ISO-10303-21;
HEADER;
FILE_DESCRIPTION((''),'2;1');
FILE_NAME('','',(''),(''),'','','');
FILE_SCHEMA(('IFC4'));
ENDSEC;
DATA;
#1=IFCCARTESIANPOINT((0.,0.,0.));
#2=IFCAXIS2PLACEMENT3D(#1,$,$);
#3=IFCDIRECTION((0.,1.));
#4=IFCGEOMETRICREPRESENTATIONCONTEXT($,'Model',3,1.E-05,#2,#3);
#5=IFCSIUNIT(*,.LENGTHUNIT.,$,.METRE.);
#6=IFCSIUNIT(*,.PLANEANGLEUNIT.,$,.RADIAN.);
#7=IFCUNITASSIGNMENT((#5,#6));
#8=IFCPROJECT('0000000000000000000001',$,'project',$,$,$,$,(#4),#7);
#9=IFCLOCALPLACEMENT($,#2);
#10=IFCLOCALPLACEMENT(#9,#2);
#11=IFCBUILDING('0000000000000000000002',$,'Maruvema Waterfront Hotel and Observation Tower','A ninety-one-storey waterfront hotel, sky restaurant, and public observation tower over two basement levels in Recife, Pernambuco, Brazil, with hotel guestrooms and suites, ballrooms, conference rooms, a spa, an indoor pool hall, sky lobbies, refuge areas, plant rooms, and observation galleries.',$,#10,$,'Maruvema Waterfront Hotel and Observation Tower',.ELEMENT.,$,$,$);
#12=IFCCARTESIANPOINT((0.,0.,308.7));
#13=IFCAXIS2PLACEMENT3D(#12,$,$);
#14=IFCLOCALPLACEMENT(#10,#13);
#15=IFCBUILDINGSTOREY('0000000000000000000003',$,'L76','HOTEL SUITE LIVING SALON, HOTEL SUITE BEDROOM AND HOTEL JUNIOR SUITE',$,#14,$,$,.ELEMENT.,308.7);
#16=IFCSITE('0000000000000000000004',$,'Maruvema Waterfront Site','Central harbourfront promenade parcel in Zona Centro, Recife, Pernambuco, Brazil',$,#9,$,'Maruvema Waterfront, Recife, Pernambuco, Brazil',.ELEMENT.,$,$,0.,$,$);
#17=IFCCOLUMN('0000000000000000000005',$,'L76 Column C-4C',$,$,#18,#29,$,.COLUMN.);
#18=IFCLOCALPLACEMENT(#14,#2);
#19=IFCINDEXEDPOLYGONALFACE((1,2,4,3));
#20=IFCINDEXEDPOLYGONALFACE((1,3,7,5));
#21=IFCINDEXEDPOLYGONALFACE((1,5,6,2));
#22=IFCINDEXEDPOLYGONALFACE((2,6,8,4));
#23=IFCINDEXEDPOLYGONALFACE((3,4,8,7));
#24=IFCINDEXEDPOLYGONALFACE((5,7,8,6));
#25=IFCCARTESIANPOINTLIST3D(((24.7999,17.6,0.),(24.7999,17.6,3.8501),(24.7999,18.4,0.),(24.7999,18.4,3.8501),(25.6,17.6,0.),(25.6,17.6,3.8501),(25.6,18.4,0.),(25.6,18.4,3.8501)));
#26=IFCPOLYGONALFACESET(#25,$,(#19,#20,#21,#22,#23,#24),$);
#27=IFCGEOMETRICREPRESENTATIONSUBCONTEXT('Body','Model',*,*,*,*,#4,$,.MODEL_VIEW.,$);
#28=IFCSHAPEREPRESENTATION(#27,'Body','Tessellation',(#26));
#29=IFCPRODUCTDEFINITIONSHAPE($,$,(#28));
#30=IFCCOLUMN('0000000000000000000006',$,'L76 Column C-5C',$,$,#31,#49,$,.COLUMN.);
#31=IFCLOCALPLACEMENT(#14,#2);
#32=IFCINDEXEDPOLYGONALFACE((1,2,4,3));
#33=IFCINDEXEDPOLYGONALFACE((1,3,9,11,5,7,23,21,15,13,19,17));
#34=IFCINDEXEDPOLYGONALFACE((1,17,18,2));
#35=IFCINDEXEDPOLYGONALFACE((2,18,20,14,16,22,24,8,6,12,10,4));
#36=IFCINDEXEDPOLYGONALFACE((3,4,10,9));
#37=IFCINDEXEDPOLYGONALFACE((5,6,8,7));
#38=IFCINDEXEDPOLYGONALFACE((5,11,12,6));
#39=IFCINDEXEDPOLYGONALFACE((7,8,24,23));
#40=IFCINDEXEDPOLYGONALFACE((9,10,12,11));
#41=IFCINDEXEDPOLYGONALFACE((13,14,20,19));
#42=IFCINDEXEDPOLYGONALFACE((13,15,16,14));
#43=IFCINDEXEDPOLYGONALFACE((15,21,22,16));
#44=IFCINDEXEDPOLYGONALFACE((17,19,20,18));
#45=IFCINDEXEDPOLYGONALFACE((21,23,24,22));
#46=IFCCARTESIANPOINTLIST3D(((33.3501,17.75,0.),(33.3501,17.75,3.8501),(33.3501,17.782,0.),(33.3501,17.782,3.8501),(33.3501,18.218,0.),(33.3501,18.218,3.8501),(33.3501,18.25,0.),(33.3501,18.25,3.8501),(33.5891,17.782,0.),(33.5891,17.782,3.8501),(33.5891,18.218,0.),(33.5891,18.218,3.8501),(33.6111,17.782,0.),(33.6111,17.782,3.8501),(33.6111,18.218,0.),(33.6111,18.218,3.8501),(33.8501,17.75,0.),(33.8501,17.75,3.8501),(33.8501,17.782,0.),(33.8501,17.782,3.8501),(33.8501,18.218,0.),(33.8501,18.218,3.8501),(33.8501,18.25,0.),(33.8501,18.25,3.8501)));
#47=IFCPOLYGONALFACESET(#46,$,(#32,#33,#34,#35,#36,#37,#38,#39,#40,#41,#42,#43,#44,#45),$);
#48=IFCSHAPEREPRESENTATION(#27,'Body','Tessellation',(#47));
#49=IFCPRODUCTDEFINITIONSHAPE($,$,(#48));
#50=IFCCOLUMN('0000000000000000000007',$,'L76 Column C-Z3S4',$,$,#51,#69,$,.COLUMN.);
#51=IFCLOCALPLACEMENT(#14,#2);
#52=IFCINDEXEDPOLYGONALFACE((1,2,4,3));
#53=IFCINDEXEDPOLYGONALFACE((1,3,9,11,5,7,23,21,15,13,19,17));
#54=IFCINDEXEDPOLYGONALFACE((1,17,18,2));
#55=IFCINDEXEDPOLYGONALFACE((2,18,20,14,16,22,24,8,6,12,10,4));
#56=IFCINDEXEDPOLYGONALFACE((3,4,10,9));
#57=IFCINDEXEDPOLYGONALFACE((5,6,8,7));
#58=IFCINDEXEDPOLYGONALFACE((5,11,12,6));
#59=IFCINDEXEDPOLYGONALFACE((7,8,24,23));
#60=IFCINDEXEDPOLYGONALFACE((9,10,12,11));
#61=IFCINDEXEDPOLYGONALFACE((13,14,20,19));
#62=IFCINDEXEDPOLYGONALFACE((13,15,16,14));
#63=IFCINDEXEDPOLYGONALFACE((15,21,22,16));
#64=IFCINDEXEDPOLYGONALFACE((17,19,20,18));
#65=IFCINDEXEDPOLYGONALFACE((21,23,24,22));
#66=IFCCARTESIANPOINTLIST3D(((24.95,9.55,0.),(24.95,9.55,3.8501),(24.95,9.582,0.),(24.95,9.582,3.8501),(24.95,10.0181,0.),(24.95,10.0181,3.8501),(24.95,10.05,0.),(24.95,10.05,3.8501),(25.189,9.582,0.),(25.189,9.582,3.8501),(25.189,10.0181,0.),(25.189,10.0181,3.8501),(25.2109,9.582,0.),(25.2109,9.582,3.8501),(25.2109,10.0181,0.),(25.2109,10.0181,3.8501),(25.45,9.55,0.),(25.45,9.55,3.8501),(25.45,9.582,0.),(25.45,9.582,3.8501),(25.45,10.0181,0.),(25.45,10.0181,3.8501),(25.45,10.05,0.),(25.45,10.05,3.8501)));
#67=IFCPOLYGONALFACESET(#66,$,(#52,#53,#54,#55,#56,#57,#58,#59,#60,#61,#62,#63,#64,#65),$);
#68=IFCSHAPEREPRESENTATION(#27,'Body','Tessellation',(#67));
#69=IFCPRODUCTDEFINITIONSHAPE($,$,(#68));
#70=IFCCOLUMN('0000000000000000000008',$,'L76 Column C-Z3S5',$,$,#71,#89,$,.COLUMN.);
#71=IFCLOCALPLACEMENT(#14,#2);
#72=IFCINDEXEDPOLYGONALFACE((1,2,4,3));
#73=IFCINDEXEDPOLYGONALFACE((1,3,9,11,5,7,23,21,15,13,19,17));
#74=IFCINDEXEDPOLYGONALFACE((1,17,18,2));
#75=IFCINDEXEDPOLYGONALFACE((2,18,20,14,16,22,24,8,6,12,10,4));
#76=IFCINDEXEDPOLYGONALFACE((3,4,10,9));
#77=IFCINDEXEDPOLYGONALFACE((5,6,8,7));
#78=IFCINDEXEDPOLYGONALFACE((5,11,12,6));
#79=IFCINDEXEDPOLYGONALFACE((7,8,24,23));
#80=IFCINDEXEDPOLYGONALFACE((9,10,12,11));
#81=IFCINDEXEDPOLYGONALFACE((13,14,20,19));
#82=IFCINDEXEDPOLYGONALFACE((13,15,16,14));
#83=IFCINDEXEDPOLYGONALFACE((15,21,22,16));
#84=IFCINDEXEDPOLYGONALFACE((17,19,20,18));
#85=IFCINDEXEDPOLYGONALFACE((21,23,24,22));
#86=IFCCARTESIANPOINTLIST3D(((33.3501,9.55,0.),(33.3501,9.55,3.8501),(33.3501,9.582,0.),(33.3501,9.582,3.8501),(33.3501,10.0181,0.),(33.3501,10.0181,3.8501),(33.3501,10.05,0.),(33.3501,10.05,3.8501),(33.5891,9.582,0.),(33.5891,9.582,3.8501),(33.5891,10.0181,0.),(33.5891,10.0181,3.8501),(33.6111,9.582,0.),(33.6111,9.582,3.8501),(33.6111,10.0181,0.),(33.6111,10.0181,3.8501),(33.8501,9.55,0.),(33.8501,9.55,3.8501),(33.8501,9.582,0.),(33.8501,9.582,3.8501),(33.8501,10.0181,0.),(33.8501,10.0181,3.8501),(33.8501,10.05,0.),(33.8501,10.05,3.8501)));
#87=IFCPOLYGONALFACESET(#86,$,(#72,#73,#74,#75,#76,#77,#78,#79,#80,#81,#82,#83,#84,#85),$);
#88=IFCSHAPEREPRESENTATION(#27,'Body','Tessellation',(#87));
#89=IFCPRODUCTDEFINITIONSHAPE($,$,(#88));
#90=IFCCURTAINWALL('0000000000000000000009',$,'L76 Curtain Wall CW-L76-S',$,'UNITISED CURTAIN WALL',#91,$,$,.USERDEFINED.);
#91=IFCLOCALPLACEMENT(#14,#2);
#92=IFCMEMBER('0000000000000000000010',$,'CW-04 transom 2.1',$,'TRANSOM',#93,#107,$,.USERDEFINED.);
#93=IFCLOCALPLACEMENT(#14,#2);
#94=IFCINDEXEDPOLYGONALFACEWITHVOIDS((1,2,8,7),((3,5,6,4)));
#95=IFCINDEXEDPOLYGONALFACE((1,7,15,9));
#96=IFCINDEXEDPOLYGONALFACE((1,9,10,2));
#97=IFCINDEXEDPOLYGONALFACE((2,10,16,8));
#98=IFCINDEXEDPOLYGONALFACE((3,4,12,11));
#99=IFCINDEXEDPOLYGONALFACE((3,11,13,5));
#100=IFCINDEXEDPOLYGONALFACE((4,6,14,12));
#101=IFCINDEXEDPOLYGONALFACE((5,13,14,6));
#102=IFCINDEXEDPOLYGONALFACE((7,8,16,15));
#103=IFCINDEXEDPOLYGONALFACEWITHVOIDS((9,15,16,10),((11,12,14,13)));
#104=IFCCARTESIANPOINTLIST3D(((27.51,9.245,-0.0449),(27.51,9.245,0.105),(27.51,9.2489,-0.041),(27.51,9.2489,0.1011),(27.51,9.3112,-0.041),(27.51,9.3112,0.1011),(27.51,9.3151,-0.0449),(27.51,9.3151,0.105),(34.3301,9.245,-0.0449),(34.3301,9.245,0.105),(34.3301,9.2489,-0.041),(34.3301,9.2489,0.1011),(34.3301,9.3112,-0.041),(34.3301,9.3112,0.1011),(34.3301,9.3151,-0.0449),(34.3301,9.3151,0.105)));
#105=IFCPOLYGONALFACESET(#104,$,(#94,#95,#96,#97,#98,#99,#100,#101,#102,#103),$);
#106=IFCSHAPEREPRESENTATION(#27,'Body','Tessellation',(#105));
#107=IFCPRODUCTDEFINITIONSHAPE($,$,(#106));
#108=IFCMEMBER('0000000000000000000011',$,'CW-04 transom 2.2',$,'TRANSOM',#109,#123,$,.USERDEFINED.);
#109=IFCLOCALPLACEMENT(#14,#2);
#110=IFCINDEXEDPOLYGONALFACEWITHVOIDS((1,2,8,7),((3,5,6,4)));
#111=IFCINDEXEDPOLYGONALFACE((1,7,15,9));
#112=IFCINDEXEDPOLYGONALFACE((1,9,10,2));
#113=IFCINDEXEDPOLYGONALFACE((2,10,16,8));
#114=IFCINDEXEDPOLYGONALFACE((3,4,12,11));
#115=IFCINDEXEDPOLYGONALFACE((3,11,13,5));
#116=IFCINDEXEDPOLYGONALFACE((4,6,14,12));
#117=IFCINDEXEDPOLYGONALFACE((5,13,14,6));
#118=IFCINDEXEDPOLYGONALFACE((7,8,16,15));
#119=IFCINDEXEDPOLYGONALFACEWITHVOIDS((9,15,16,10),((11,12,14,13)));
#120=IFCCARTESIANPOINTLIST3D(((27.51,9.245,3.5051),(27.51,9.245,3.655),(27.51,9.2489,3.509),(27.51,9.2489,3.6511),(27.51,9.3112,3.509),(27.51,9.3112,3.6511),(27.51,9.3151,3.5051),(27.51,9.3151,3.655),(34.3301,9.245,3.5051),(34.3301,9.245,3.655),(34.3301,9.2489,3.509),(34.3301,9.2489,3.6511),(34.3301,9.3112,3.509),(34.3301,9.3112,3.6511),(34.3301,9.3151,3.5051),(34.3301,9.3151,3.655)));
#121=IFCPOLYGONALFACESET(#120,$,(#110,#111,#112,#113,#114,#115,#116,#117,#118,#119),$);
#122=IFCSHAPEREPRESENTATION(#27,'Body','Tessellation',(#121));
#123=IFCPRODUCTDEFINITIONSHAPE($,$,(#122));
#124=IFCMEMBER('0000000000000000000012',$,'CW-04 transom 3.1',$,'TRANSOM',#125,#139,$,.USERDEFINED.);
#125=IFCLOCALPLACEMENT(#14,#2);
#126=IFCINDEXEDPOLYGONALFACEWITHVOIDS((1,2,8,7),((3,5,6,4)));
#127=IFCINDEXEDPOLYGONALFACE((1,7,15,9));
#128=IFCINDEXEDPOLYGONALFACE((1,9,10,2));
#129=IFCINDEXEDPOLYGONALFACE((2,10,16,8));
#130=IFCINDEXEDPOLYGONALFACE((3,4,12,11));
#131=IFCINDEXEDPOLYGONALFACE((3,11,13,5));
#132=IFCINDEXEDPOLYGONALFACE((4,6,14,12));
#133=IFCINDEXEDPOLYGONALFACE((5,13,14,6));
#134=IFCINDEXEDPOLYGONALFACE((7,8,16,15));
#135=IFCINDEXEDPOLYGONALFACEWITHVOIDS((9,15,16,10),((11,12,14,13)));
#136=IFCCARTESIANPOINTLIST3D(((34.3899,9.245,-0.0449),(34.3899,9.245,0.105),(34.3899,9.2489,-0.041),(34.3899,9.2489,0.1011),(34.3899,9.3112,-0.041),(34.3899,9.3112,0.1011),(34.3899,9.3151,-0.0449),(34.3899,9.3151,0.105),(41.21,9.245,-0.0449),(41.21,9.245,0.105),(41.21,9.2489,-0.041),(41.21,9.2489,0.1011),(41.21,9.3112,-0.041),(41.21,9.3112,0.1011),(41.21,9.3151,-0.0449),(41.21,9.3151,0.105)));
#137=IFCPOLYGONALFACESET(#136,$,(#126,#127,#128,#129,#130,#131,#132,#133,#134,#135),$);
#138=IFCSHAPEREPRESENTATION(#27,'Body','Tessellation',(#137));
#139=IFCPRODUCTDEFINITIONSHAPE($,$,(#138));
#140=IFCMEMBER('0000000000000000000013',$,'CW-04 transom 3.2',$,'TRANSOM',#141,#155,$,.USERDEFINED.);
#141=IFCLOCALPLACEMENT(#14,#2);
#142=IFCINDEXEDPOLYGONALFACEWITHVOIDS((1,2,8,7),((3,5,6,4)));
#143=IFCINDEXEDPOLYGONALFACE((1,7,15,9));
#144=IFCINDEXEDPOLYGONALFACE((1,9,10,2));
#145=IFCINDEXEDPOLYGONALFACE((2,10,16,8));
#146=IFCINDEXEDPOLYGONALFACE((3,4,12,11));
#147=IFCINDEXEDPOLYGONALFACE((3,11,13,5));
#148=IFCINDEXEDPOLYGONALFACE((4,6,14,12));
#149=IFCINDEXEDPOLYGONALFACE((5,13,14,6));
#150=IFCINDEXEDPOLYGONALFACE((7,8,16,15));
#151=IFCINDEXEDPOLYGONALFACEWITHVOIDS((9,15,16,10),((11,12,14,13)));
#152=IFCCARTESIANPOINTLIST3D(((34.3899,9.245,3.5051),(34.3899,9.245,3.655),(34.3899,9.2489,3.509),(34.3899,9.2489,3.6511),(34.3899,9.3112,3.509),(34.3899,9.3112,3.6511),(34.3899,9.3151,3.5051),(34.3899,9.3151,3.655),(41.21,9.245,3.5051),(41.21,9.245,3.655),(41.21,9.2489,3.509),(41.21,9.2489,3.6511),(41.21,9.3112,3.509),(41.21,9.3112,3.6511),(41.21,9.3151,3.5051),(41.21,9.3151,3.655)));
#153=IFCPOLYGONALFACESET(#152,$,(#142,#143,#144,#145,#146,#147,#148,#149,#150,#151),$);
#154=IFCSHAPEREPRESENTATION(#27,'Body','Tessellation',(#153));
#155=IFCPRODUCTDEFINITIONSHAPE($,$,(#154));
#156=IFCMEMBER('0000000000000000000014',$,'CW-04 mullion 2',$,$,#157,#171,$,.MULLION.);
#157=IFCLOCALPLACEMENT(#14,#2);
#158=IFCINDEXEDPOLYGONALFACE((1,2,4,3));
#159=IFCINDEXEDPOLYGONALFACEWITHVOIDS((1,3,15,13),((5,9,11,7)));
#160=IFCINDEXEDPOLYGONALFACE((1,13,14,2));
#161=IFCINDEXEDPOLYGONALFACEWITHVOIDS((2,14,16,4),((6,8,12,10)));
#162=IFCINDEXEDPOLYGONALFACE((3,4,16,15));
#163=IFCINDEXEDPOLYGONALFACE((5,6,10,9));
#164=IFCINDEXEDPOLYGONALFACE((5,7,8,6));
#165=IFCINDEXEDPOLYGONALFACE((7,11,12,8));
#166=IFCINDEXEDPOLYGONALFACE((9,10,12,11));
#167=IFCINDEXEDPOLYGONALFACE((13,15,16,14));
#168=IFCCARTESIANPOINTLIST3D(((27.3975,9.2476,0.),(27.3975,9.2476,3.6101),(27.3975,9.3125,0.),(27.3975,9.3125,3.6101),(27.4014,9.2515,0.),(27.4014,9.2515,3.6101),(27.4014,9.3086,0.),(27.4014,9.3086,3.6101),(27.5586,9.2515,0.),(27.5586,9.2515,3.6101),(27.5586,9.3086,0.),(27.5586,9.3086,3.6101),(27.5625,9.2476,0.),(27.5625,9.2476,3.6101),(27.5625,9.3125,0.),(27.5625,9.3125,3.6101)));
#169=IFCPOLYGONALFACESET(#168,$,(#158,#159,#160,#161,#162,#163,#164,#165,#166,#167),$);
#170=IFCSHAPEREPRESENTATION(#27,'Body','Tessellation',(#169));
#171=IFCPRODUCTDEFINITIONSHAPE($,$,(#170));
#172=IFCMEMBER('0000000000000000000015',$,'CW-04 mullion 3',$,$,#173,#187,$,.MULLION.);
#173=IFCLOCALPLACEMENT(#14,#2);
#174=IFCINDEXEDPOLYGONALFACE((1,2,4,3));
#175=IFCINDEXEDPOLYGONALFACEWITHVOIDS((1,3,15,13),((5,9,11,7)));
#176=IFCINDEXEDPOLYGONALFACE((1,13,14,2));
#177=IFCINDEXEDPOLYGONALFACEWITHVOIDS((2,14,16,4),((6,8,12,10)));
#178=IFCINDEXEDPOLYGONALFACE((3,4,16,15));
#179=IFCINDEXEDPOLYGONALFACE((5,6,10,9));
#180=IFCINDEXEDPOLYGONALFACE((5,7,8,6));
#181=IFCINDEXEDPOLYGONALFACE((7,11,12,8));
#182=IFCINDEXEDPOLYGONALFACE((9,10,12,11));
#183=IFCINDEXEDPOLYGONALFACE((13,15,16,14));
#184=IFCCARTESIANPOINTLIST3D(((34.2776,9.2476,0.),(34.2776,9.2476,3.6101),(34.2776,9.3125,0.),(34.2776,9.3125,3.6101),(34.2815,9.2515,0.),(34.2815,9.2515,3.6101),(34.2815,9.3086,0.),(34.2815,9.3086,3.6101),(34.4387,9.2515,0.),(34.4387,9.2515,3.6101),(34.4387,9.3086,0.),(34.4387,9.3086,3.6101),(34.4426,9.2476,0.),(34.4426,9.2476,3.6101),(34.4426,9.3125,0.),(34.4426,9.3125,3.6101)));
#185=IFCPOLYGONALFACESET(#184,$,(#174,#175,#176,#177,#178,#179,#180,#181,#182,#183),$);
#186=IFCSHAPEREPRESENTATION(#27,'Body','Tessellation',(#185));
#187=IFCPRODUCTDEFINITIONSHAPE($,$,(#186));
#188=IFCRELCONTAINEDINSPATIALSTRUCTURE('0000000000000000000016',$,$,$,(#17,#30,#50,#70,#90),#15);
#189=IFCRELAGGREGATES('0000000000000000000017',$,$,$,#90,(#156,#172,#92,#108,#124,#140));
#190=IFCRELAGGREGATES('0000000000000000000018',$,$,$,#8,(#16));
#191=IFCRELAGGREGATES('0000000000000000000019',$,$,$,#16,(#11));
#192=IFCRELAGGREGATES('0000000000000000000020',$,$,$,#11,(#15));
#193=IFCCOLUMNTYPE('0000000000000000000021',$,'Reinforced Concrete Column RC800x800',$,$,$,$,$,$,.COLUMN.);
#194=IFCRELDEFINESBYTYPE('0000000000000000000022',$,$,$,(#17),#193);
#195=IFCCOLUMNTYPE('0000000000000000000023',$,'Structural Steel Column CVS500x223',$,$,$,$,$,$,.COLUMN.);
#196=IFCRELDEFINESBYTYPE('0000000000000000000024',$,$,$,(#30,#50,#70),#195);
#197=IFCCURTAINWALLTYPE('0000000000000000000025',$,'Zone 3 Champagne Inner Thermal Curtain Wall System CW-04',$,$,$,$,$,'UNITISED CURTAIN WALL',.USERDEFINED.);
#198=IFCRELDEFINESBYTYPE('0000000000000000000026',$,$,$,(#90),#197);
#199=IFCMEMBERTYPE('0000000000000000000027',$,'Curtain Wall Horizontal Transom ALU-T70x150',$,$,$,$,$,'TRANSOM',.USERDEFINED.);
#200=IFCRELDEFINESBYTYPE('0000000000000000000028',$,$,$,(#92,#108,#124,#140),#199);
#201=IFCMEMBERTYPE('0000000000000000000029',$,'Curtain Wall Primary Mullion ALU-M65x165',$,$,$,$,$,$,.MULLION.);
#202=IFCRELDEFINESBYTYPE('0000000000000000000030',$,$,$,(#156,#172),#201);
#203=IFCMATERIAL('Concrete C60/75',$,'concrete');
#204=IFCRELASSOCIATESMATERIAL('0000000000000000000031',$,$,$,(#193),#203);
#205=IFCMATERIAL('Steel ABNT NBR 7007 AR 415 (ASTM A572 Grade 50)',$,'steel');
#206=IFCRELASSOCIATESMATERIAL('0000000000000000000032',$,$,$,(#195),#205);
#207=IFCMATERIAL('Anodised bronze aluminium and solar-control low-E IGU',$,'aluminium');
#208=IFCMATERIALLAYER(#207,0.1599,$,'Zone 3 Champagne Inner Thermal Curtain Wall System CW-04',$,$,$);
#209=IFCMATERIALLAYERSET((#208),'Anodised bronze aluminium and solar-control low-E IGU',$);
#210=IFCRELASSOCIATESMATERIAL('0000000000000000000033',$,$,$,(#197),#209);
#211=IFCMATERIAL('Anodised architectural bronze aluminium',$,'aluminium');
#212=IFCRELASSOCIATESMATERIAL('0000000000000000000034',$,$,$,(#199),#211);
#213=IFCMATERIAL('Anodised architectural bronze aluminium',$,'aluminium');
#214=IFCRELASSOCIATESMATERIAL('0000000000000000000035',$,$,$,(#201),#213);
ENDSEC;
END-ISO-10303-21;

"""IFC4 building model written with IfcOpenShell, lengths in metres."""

from ifc_helpers import new_model, si_unit, direction, frame, origin, origin_2d, place, context, subcontext, project, spatial, rectangle, hollow_rectangle, i_section, extrude, material, layer, layer_set, material_profile, profile_set, type_object, element, aggregate, save


model = new_model("IFC4")

# Units and contexts
model_context = context("Model", 3, precision=1e-05, world=origin(), true_north=direction((0.0, 1.0)))
body_context = subcontext(model_context, "Body", "Model", "MODEL_VIEW")
ifc_project = project(units=[si_unit("LENGTHUNIT", "METRE"), si_unit("PLANEANGLEUNIT", "RADIAN")], contexts=[model_context])

# Site, building, storey
site_placement = place(None, origin())
site = spatial("IfcSite", under=ifc_project, at=site_placement, Name="Maruvema Waterfront Site", Description="Central harbourfront promenade parcel in Zona Centro, Recife, Pernambuco, Brazil", LongName="Maruvema Waterfront, Recife, Pernambuco, Brazil", CompositionType="ELEMENT", RefElevation=0.0)
building_placement = place(site_placement, origin())
building = spatial("IfcBuilding", under=site, at=building_placement, Name="Maruvema Waterfront Hotel and Observation Tower", Description="A ninety-one-storey waterfront hotel, sky restaurant, and public observation tower over two basement levels in Recife, Pernambuco, Brazil, with hotel guestrooms and suites, ballrooms, conference rooms, a spa, an indoor pool hall, sky lobbies, refuge areas, plant rooms, and observation galleries.", LongName="Maruvema Waterfront Hotel and Observation Tower", CompositionType="ELEMENT")
storey_placement = place(building_placement, frame((0.0, 0.0, 308.7)))
storey = spatial("IfcBuildingStorey", under=building, at=storey_placement, Name="L76", Description="HOTEL SUITE LIVING SALON, HOTEL SUITE BEDROOM AND HOTEL JUNIOR SUITE", CompositionType="ELEMENT", Elevation=308.7)

# Columns
ifc_material_1 = material(Name="Concrete C60/75", Category="concrete")
ifc_material_profile_1 = material_profile(ifc_material_1, rectangle(XDim=0.8, YDim=0.8, at=origin_2d()), Name="RC800x800")
ifc_profile_set_1 = profile_set([ifc_material_profile_1], Name="Concrete C60/75")
column_type_1 = type_object("IfcColumnType", Name="Reinforced Concrete Column RC800x800", PredefinedType="COLUMN", material=ifc_profile_set_1)
column_placement = place(storey_placement, frame((25.2, 18.0, 0.0), z_axis=(0.0, 0.0, 1.0), x_axis=(1.0, 0.0, 0.0)))
element("IfcColumn", 1, at=column_placement, inside=storey, type_object=column_type_1, Name="L76 Column C-4C", PredefinedType="COLUMN", context=body_context, shape_type="SweptSolid", body=[
    extrude(rectangle(XDim=0.8, YDim=0.8, at=origin_2d()), origin(), (0.0, 0.0, 1.0), 3.8501),
])
ifc_material_2 = material(Name="Steel ABNT NBR 7007 AR 415 (ASTM A572 Grade 50)", Category="steel")
ifc_material_profile_2 = material_profile(ifc_material_2, i_section(OverallWidth=0.5, OverallDepth=0.5, WebThickness=0.022, FlangeThickness=0.032, at=origin_2d()), Name="CVS500x223")
ifc_profile_set_2 = profile_set([ifc_material_profile_2], Name="Steel ABNT NBR 7007 AR 415 (ASTM A572 Grade 50)")
column_type_2 = type_object("IfcColumnType", Name="Structural Steel Column CVS500x223", PredefinedType="COLUMN", material=ifc_profile_set_2)
for number, where, z_axis, x_axis, name in (
    (2, (33.6001, 18.0, 0.0), (0.0, 0.0, 1.0), (1.0, 0.0, 0.0), "L76 Column C-5C"),
    (3, (25.2, 9.8, 0.0), (0.0, 0.0, 1.0), (1.0, 0.0, 0.0), "L76 Column C-Z3S4"),
    (4, (33.6001, 9.8, 0.0), (0.0, 0.0, 1.0), (1.0, 0.0, 0.0), "L76 Column C-Z3S5"),
):
    element("IfcColumn", number, at=place(storey_placement, frame(where, z_axis=z_axis, x_axis=x_axis)), inside=storey, type_object=column_type_2, Name=name, PredefinedType="COLUMN", context=body_context, shape_type="SweptSolid", body=[
        extrude(i_section(OverallWidth=0.5, OverallDepth=0.5, WebThickness=0.022, FlangeThickness=0.032, at=origin_2d()), origin(), (0.0, 0.0, 1.0), 3.8501),
    ])

# Curtain wall, members
ifc_material_3 = material(Name="Anodised bronze aluminium and solar-control low-E IGU", Category="aluminium")
ifc_layer_1 = layer(ifc_material_3, 0.1599, Name="Zone 3 Champagne Inner Thermal Curtain Wall System CW-04")
ifc_layer_set_1 = layer_set([ifc_layer_1], Name="Anodised bronze aluminium and solar-control low-E IGU")
curtain_wall_type = type_object("IfcCurtainWallType", Name="Zone 3 Champagne Inner Thermal Curtain Wall System CW-04", ElementType="UNITISED CURTAIN WALL", PredefinedType="USERDEFINED", material=ifc_layer_set_1)
curtain_wall_placement = place(storey_placement, origin())
curtain_wall = element("IfcCurtainWall", 5, at=curtain_wall_placement, inside=storey, type_object=curtain_wall_type, Name="L76 Curtain Wall CW-L76-S", ObjectType="UNITISED CURTAIN WALL", PredefinedType="USERDEFINED")
ifc_material_4 = material(Name="Anodised architectural bronze aluminium", Category="aluminium")
ifc_material_profile_3 = material_profile(ifc_material_4, hollow_rectangle(XDim=0.0701, YDim=0.1499, WallThickness=0.0039, at=origin_2d()), Name="ALU-T70x150")
ifc_profile_set_3 = profile_set([ifc_material_profile_3], Name="Anodised architectural bronze aluminium")
member_type_1 = type_object("IfcMemberType", Name="Curtain Wall Horizontal Transom ALU-T70x150", ElementType="TRANSOM", PredefinedType="USERDEFINED", material=ifc_profile_set_3)
member_1_placement = place(storey_placement, frame((27.51, 9.28, 0.03), z_axis=(1.0, 0.0, 0.0), x_axis=(0.0, 1.0, 0.0)))
member_1 = element("IfcMember", 6, at=member_1_placement, type_object=member_type_1, Name="CW-04 transom 2.1", ObjectType="TRANSOM", PredefinedType="USERDEFINED", context=body_context, shape_type="SweptSolid", body=[
    extrude(hollow_rectangle(XDim=0.0701, YDim=0.1499, WallThickness=0.0039, at=origin_2d()), origin(), (0.0, 0.0, 1.0), 6.8201),
])
member_2_placement = place(storey_placement, frame((27.51, 9.28, 3.5801), z_axis=(1.0, 0.0, 0.0), x_axis=(0.0, 1.0, 0.0)))
member_2 = element("IfcMember", 7, at=member_2_placement, type_object=member_type_1, Name="CW-04 transom 2.2", ObjectType="TRANSOM", PredefinedType="USERDEFINED", context=body_context, shape_type="SweptSolid", body=[
    extrude(hollow_rectangle(XDim=0.0701, YDim=0.1499, WallThickness=0.0039, at=origin_2d()), origin(), (0.0, 0.0, 1.0), 6.8201),
])
member_3_placement = place(storey_placement, frame((34.3899, 9.28, 0.03), z_axis=(1.0, 0.0, 0.0), x_axis=(0.0, 1.0, 0.0)))
member_3 = element("IfcMember", 8, at=member_3_placement, type_object=member_type_1, Name="CW-04 transom 3.1", ObjectType="TRANSOM", PredefinedType="USERDEFINED", context=body_context, shape_type="SweptSolid", body=[
    extrude(hollow_rectangle(XDim=0.0701, YDim=0.1499, WallThickness=0.0039, at=origin_2d()), origin(), (0.0, 0.0, 1.0), 6.8201),
])
member_4_placement = place(storey_placement, frame((34.3899, 9.28, 3.5801), z_axis=(1.0, 0.0, 0.0), x_axis=(0.0, 1.0, 0.0)))
member_4 = element("IfcMember", 9, at=member_4_placement, type_object=member_type_1, Name="CW-04 transom 3.2", ObjectType="TRANSOM", PredefinedType="USERDEFINED", context=body_context, shape_type="SweptSolid", body=[
    extrude(hollow_rectangle(XDim=0.0701, YDim=0.1499, WallThickness=0.0039, at=origin_2d()), origin(), (0.0, 0.0, 1.0), 6.8201),
])
ifc_material_5 = material(Name="Anodised architectural bronze aluminium", Category="aluminium")
ifc_material_profile_4 = material_profile(ifc_material_5, hollow_rectangle(XDim=0.0649, YDim=0.165, WallThickness=0.0039, at=origin_2d()), Name="ALU-M65x165")
ifc_profile_set_4 = profile_set([ifc_material_profile_4], Name="Anodised architectural bronze aluminium")
member_type_2 = type_object("IfcMemberType", Name="Curtain Wall Primary Mullion ALU-M65x165", PredefinedType="MULLION", material=ifc_profile_set_4)
member_5_placement = place(storey_placement, frame((27.48, 9.28, 0.0), z_axis=(0.0, 0.0, 1.0), x_axis=(0.0, 1.0, 0.0)))
member_5 = element("IfcMember", 10, at=member_5_placement, type_object=member_type_2, Name="CW-04 mullion 2", PredefinedType="MULLION", context=body_context, shape_type="SweptSolid", body=[
    extrude(hollow_rectangle(XDim=0.0649, YDim=0.165, WallThickness=0.0039, at=origin_2d()), origin(), (0.0, 0.0, 1.0), 3.6101),
])
member_6_placement = place(storey_placement, frame((34.3601, 9.28, 0.0), z_axis=(0.0, 0.0, 1.0), x_axis=(0.0, 1.0, 0.0)))
member_6 = element("IfcMember", 11, at=member_6_placement, type_object=member_type_2, Name="CW-04 mullion 3", PredefinedType="MULLION", context=body_context, shape_type="SweptSolid", body=[
    extrude(hollow_rectangle(XDim=0.0649, YDim=0.165, WallThickness=0.0039, at=origin_2d()), origin(), (0.0, 0.0, 1.0), 3.6101),
])

aggregate(curtain_wall, [member_5, member_6, member_1, member_2, member_3, member_4])

save(model, "model.ifc")
